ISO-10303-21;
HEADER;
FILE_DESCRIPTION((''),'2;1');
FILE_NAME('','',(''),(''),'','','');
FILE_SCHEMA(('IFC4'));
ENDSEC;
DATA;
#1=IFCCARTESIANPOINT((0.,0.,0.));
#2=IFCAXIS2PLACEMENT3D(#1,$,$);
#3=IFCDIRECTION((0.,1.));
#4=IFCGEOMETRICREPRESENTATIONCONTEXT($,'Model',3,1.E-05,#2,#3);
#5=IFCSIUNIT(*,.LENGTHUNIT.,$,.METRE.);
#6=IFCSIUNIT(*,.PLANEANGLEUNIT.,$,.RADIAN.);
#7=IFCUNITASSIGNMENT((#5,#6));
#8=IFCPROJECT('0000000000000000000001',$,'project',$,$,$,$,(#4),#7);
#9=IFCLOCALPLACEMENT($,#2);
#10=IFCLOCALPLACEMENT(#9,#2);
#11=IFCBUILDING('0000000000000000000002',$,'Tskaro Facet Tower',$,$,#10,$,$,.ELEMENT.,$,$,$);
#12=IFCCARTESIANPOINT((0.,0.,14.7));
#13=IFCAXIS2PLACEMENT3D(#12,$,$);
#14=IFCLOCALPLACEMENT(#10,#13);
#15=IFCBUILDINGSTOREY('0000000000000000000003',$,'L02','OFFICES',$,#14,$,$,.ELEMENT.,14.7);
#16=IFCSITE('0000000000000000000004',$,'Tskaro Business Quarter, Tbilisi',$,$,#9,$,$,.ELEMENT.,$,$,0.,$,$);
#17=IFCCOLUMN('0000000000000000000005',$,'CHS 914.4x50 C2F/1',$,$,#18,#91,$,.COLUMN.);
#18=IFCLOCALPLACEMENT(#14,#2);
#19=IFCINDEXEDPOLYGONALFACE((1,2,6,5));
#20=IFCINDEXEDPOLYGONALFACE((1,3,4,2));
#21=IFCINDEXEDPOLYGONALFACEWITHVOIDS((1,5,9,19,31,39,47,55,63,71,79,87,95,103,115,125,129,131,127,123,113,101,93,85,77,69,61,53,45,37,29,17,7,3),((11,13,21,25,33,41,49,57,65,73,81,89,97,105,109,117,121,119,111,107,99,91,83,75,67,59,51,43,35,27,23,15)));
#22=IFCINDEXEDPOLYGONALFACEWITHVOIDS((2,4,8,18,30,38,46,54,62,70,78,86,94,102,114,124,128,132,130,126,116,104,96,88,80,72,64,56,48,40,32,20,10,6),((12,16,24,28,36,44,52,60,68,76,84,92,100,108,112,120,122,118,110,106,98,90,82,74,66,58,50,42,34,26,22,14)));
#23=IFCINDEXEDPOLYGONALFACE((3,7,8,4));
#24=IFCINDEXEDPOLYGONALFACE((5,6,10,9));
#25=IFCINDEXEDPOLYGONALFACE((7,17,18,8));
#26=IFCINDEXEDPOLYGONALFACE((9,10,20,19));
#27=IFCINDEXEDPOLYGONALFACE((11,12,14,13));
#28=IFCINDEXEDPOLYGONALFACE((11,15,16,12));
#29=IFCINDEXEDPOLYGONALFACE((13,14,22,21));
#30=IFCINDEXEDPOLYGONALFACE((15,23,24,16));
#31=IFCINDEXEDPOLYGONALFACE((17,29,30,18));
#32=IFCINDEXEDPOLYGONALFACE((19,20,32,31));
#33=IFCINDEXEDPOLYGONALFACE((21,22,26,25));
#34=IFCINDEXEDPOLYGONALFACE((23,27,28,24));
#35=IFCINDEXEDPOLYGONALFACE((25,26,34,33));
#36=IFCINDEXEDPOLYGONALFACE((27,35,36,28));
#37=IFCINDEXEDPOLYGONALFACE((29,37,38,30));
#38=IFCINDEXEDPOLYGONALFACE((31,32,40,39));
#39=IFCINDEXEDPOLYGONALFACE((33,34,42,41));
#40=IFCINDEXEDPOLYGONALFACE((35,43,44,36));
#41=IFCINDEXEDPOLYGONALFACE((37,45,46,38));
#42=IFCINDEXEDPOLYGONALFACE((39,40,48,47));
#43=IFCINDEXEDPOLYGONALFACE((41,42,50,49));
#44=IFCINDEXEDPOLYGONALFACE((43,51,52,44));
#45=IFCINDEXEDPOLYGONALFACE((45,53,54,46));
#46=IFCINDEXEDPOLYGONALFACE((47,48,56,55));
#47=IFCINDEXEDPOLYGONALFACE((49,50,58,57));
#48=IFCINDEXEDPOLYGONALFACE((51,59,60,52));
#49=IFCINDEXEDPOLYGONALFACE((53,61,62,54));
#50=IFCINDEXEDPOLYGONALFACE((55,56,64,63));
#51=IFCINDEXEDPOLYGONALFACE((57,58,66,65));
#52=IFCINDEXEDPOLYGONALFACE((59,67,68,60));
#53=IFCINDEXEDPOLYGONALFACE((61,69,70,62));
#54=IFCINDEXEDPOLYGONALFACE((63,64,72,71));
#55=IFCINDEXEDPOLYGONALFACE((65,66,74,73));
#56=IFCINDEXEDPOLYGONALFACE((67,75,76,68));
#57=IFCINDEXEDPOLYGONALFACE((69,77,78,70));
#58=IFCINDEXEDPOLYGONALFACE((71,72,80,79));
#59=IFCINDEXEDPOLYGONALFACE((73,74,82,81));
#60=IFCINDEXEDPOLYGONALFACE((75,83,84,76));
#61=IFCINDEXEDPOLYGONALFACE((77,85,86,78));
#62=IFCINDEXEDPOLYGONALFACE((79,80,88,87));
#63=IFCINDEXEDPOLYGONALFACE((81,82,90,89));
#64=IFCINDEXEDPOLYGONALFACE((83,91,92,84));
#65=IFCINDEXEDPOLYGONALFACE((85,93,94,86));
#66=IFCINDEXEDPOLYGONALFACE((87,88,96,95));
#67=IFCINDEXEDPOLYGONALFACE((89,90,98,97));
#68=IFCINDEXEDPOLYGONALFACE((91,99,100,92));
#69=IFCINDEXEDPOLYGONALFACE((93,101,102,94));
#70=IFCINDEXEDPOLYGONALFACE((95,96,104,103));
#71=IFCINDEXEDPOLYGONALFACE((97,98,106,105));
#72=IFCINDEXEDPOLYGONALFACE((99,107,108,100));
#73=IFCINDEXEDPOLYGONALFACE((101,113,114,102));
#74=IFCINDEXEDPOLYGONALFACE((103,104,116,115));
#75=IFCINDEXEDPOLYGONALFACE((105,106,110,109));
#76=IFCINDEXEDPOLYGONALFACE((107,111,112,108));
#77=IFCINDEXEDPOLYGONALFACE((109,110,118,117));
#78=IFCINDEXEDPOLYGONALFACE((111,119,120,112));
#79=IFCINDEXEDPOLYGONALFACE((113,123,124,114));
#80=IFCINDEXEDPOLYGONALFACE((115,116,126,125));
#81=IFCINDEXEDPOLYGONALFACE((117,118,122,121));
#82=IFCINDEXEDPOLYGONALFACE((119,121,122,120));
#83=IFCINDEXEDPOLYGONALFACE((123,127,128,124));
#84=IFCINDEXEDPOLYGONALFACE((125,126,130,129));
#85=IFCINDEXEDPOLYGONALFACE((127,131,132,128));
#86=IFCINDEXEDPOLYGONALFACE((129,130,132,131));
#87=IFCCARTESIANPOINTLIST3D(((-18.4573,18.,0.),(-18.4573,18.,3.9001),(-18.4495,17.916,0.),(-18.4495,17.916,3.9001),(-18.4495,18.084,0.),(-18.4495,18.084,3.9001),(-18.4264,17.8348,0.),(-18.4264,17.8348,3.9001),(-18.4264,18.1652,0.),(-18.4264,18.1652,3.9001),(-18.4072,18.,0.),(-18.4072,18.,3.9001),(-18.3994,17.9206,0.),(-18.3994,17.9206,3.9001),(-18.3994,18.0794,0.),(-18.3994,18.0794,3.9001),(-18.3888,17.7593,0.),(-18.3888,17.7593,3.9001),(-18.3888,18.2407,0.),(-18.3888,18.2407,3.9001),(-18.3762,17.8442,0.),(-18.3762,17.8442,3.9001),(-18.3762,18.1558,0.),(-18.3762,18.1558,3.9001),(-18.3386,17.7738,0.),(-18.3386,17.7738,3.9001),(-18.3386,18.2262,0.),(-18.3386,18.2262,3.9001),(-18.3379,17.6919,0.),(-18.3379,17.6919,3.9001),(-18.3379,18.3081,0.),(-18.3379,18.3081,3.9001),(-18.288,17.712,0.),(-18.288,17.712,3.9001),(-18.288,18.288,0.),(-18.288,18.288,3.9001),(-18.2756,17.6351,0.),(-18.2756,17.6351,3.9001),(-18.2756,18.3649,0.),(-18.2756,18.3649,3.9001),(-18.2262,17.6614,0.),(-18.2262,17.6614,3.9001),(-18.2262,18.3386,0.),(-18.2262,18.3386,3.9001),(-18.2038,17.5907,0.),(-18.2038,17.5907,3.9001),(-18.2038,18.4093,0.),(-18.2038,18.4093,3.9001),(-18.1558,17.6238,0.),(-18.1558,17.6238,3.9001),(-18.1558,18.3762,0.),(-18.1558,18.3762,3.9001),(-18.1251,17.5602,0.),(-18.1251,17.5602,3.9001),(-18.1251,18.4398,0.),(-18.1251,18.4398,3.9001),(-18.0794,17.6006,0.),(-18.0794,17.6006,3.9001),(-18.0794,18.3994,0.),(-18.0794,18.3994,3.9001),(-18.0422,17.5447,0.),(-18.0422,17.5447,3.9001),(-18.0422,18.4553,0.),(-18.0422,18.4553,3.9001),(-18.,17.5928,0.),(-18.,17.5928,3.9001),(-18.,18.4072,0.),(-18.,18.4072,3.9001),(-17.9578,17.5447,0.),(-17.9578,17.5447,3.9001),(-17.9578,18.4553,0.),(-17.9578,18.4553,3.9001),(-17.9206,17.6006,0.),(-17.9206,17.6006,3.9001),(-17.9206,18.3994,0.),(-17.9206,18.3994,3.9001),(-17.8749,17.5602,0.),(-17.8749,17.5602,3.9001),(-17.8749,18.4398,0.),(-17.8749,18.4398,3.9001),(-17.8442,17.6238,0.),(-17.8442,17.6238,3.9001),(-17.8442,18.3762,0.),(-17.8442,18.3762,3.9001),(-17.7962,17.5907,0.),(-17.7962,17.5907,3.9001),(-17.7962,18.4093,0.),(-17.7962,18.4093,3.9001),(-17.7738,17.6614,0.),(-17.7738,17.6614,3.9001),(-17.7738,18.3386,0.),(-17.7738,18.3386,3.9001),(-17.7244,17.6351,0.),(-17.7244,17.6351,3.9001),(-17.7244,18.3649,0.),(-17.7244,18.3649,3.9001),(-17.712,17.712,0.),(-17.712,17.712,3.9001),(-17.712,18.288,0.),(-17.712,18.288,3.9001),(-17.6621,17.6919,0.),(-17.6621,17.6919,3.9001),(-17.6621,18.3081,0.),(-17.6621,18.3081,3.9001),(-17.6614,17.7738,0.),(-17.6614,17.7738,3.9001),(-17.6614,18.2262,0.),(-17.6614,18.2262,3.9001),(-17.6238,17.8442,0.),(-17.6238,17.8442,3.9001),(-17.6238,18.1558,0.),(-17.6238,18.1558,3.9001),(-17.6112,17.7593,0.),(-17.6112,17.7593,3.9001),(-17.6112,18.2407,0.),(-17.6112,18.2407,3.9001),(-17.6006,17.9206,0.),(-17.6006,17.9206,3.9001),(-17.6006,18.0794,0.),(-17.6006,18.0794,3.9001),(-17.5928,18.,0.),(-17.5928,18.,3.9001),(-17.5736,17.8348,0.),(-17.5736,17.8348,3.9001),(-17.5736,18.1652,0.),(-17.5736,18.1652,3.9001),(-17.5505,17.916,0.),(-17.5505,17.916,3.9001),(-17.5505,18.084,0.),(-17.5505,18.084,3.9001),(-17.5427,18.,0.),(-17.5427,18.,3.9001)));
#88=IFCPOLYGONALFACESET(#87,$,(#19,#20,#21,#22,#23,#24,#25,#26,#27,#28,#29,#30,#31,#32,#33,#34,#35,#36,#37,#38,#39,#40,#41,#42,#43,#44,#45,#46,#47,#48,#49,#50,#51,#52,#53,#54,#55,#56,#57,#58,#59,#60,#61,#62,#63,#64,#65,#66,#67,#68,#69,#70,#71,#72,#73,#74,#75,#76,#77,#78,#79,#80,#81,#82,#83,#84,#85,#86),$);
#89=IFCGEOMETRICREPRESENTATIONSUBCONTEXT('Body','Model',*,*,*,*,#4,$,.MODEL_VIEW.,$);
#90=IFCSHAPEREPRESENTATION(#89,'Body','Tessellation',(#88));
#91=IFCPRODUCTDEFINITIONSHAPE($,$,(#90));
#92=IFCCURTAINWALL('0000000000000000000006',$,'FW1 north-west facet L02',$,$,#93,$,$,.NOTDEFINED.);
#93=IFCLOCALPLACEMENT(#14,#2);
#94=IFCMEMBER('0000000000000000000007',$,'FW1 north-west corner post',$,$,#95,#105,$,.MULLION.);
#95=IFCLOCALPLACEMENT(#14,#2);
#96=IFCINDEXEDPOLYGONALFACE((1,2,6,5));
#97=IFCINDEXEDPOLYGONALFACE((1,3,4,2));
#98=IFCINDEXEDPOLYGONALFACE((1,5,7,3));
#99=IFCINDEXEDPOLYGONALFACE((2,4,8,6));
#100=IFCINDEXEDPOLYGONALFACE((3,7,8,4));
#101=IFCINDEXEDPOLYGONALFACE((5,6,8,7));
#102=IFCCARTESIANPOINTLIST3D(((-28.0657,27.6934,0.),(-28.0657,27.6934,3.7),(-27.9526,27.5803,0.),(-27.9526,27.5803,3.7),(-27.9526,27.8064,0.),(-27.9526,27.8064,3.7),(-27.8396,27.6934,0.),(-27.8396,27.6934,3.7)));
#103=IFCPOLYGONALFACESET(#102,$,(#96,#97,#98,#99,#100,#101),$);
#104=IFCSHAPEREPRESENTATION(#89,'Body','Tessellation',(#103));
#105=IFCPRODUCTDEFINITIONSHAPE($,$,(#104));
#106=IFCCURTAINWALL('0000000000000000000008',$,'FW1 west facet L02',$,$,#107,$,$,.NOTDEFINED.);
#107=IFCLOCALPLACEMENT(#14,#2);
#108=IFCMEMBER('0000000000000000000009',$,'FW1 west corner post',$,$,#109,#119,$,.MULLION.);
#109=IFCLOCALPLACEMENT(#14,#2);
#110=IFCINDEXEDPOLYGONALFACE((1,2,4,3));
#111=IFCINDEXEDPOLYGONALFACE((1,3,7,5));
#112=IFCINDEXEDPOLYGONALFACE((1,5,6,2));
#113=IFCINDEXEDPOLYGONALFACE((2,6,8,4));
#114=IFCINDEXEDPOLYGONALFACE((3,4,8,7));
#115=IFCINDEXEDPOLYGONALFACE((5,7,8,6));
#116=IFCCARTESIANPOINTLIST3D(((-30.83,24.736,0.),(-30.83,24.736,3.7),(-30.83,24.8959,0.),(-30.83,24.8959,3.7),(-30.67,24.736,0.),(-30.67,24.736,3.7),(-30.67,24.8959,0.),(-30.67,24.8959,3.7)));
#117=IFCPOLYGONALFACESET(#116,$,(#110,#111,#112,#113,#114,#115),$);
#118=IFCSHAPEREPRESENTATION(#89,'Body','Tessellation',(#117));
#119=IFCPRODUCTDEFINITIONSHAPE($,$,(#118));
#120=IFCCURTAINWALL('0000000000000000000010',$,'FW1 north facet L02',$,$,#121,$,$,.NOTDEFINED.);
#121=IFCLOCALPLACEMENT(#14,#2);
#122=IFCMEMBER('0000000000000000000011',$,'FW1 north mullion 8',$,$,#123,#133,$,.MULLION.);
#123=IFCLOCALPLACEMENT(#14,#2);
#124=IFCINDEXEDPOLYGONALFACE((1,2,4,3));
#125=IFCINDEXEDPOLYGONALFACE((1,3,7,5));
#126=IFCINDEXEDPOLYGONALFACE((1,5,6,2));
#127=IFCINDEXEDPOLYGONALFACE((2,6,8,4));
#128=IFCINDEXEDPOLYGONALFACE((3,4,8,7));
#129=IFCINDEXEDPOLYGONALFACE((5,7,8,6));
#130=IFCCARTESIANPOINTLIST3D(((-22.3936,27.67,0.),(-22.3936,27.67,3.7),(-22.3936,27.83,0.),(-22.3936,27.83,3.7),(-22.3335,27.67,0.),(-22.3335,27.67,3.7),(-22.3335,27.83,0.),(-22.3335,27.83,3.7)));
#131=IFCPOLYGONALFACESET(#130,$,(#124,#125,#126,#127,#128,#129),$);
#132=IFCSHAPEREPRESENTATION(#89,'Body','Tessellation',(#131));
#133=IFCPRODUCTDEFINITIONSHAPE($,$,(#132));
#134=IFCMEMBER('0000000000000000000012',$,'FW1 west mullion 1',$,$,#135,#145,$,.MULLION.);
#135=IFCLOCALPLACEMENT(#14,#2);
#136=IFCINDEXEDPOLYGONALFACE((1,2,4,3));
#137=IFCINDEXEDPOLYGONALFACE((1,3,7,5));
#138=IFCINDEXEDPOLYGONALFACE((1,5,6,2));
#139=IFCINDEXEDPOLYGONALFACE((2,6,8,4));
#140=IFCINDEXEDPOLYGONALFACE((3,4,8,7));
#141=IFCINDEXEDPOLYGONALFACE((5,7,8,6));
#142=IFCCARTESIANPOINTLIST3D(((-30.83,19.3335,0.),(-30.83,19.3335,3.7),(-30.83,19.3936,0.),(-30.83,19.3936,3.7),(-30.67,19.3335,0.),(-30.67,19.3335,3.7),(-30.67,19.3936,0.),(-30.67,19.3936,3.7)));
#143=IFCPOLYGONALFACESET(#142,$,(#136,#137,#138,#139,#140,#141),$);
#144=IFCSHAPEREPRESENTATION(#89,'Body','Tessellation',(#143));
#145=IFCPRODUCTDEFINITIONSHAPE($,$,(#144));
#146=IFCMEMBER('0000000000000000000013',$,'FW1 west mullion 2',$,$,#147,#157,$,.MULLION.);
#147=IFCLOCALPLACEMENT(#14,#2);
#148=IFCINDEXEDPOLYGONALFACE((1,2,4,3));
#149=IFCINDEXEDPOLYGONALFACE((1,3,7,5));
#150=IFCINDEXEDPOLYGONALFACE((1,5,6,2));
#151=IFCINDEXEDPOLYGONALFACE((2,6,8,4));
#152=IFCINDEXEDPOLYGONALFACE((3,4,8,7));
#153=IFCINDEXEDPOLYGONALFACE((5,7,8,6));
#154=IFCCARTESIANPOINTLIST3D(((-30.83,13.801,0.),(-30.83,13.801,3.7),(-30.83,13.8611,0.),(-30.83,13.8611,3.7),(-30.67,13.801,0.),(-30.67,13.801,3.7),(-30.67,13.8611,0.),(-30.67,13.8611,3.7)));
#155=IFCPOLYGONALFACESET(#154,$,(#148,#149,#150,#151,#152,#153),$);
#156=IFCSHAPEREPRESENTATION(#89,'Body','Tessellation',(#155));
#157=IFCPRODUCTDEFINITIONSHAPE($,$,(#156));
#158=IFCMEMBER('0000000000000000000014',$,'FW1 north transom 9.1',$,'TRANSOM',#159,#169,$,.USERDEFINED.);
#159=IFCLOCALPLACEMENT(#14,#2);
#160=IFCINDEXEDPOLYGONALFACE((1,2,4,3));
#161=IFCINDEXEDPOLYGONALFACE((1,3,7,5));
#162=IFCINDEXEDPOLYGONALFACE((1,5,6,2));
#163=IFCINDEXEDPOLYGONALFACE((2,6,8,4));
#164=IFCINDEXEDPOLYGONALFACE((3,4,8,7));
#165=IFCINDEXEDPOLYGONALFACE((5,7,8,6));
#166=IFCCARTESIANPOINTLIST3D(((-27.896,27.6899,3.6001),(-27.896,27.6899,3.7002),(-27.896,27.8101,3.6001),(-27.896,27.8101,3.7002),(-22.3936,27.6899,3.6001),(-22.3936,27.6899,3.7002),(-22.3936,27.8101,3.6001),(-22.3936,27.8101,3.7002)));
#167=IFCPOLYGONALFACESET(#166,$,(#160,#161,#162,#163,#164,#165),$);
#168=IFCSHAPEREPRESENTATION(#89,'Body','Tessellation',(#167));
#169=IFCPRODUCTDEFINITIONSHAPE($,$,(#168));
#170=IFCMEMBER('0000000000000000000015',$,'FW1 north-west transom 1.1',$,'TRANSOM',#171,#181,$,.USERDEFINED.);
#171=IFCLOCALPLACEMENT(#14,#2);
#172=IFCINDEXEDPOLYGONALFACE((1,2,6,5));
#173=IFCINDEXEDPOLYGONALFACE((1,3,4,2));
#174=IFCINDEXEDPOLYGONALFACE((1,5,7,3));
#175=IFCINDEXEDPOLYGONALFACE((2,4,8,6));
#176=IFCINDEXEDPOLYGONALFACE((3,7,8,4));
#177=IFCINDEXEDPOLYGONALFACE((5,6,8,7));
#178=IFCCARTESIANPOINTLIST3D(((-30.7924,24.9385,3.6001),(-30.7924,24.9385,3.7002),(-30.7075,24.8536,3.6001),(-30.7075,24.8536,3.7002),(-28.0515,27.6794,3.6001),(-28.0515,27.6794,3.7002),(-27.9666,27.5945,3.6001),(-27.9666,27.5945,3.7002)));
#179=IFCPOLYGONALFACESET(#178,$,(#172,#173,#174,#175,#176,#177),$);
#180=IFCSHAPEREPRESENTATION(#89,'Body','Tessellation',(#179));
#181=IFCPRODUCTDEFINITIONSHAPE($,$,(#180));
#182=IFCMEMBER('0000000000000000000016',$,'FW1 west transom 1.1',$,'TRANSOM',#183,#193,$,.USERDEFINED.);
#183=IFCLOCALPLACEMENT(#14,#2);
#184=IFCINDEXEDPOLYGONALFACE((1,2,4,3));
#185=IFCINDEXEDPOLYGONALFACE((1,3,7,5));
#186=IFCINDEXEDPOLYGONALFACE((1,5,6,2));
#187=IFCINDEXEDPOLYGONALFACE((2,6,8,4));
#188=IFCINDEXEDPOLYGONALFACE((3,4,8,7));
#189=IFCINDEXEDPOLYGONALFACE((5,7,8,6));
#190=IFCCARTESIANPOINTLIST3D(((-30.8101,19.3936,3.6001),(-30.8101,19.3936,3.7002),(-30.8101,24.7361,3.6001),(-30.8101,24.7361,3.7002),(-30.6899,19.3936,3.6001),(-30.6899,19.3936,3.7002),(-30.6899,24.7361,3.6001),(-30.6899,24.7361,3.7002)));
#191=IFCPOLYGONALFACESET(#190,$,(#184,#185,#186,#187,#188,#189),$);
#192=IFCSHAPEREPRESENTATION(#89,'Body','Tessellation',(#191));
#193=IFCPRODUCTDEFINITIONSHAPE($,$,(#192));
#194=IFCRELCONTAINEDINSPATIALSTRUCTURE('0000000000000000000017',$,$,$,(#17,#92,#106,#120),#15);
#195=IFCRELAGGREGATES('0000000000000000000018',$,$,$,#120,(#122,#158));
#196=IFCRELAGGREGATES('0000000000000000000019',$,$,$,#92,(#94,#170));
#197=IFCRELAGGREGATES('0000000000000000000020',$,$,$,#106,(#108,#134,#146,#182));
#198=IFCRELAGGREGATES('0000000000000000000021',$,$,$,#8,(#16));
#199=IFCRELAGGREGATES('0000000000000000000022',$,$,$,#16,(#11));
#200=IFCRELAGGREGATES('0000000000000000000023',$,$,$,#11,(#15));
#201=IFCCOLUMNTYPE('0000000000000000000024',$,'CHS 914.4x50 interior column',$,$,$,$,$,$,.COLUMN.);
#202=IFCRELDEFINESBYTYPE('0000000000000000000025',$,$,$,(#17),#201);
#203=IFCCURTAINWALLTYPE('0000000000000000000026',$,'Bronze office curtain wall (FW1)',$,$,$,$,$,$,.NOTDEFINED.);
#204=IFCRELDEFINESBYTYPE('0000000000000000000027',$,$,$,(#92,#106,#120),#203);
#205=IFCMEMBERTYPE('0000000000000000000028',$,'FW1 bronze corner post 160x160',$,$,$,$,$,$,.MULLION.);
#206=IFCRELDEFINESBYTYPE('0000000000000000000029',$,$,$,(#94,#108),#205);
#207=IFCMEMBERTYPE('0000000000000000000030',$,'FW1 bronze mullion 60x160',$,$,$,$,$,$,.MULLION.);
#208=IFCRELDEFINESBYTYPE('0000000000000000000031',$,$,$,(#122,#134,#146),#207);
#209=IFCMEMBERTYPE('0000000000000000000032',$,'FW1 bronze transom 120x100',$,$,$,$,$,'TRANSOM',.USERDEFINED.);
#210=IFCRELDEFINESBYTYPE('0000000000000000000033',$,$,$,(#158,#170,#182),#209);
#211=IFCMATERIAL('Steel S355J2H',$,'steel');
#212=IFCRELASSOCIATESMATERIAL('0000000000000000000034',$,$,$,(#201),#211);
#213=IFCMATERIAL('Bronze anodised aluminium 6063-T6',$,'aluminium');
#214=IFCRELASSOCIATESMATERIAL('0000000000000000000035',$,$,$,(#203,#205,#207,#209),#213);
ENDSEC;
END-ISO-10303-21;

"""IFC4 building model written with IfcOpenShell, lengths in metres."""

from ifc_helpers import new_model, si_unit, direction, frame, origin, origin_2d, place, context, subcontext, project, spatial, rectangle, hollow_circle, extrude, material, material_profile, profile_set, type_object, element, aggregate, save


model = new_model("IFC4")

# Units and contexts
model_context = context("Model", 3, precision=1e-05, world=origin(), true_north=direction((0.0, 1.0)))
body_context = subcontext(model_context, "Body", "Model", "MODEL_VIEW")
ifc_project = project(units=[si_unit("LENGTHUNIT", "METRE"), si_unit("PLANEANGLEUNIT", "RADIAN")], contexts=[model_context])

# Site, building, storey
site_placement = place(None, origin())
site = spatial("IfcSite", under=ifc_project, at=site_placement, Name="Tskaro Business Quarter, Tbilisi", CompositionType="ELEMENT", RefElevation=0.0)
building_placement = place(site_placement, origin())
building = spatial("IfcBuilding", under=site, at=building_placement, Name="Tskaro Facet Tower", CompositionType="ELEMENT")
storey_placement = place(building_placement, frame((0.0, 0.0, 14.7)))
storey = spatial("IfcBuildingStorey", under=building, at=storey_placement, Name="L02", Description="OFFICES", CompositionType="ELEMENT", Elevation=14.7)

# Column
ifc_material_1 = material(Name="Steel S355J2H", Category="steel")
ifc_material_profile_1 = material_profile(ifc_material_1, hollow_circle(Radius=0.4573, WallThickness=0.05, at=origin_2d()), Name="CHS 914.4x50")
ifc_profile_set_1 = profile_set([ifc_material_profile_1], Name="Steel S355J2H")
column_type_1 = type_object("IfcColumnType", Name="CHS 914.4x50 interior column", PredefinedType="COLUMN", material=ifc_profile_set_1)
column_placement = place(storey_placement, frame((-18.0, 18.0, 0.0), z_axis=(0.0, 0.0, 1.0), x_axis=(1.0, 0.0, 0.0)))
element("IfcColumn", 1, at=column_placement, inside=storey, type_object=column_type_1, Name="CHS 914.4x50 C2F/1", PredefinedType="COLUMN", context=body_context, shape_type="SweptSolid", body=[
    extrude(hollow_circle(Radius=0.4573, WallThickness=0.05, at=origin_2d()), origin(), (0.0, 0.0, 1.0), 3.9001),
])

# Curtain walls, members
ifc_material_2 = material(Name="Bronze anodised aluminium 6063-T6", Category="aluminium")
curtain_wall_type = type_object("IfcCurtainWallType", Name="Bronze office curtain wall (FW1)", PredefinedType="NOTDEFINED", material=ifc_material_2)
curtain_wall_1_placement = place(storey_placement, origin())
curtain_wall_1 = element("IfcCurtainWall", 2, at=curtain_wall_1_placement, inside=storey, type_object=curtain_wall_type, Name="FW1 north-west facet L02", PredefinedType="NOTDEFINED")
ifc_material_profile_2 = material_profile(ifc_material_2, rectangle(XDim=0.1599, YDim=0.1599, at=origin_2d()), Name="Corner post 160x160")
ifc_profile_set_2 = profile_set([ifc_material_profile_2], Name="Bronze anodised aluminium 6063-T6")
member_type_1 = type_object("IfcMemberType", Name="FW1 bronze corner post 160x160", PredefinedType="MULLION", material=ifc_profile_set_2)
member_1_placement = place(storey_placement, frame((-27.9526, 27.6934, 0.0), z_axis=(0.0, 0.0, 1.0), x_axis=(-0.707107, -0.707107, 0.0)))
member_1 = element("IfcMember", 3, at=member_1_placement, type_object=member_type_1, Name="FW1 north-west corner post", PredefinedType="MULLION", context=body_context, shape_type="SweptSolid", body=[
    extrude(rectangle(XDim=0.1599, YDim=0.1599, at=origin_2d()), origin(), (0.0, 0.0, 1.0), 3.7),
])
curtain_wall_2_placement = place(storey_placement, origin())
curtain_wall_2 = element("IfcCurtainWall", 4, at=curtain_wall_2_placement, inside=storey, type_object=curtain_wall_type, Name="FW1 west facet L02", PredefinedType="NOTDEFINED")
member_2_placement = place(storey_placement, frame((-30.75, 24.8159, 0.0), z_axis=(0.0, 0.0, 1.0), x_axis=(0.0, -1.0, 0.0)))
member_2 = element("IfcMember", 5, at=member_2_placement, type_object=member_type_1, Name="FW1 west corner post", PredefinedType="MULLION", context=body_context, shape_type="SweptSolid", body=[
    extrude(rectangle(XDim=0.1599, YDim=0.1599, at=origin_2d()), origin(), (0.0, 0.0, 1.0), 3.7),
])
curtain_wall_3_placement = place(storey_placement, origin())
curtain_wall_3 = element("IfcCurtainWall", 6, at=curtain_wall_3_placement, inside=storey, type_object=curtain_wall_type, Name="FW1 north facet L02", PredefinedType="NOTDEFINED")
ifc_material_profile_3 = material_profile(ifc_material_2, rectangle(XDim=0.0601, YDim=0.1599, at=origin_2d()), Name="Mullion 60x160")
ifc_profile_set_3 = profile_set([ifc_material_profile_3], Name="Bronze anodised aluminium 6063-T6")
member_type_2 = type_object("IfcMemberType", Name="FW1 bronze mullion 60x160", PredefinedType="MULLION", material=ifc_profile_set_3)
member_3_placement = place(storey_placement, frame((-22.3635, 27.75, 0.0), z_axis=(0.0, 0.0, 1.0), x_axis=(-1.0, 0.0, 0.0)))
member_3 = element("IfcMember", 7, at=member_3_placement, type_object=member_type_2, Name="FW1 north mullion 8", PredefinedType="MULLION", context=body_context, shape_type="SweptSolid", body=[
    extrude(rectangle(XDim=0.0601, YDim=0.1599, at=origin_2d()), origin(), (0.0, 0.0, 1.0), 3.7),
])

# Members
member_4_placement = place(storey_placement, frame((-30.75, 19.3635, 0.0), z_axis=(0.0, 0.0, 1.0), x_axis=(0.0, -1.0, 0.0)))
member_4 = element("IfcMember", 8, at=member_4_placement, type_object=member_type_2, Name="FW1 west mullion 1", PredefinedType="MULLION", context=body_context, shape_type="SweptSolid", body=[
    extrude(rectangle(XDim=0.0601, YDim=0.1599, at=origin_2d()), origin(), (0.0, 0.0, 1.0), 3.7),
])
member_5_placement = place(storey_placement, frame((-30.75, 13.8311, 0.0), z_axis=(0.0, 0.0, 1.0), x_axis=(0.0, -1.0, 0.0)))
member_5 = element("IfcMember", 9, at=member_5_placement, type_object=member_type_2, Name="FW1 west mullion 2", PredefinedType="MULLION", context=body_context, shape_type="SweptSolid", body=[
    extrude(rectangle(XDim=0.0601, YDim=0.1599, at=origin_2d()), origin(), (0.0, 0.0, 1.0), 3.7),
])
ifc_material_profile_4 = material_profile(ifc_material_2, rectangle(XDim=0.1201, YDim=0.1001, at=origin_2d()), Name="Transom 120x100")
ifc_profile_set_4 = profile_set([ifc_material_profile_4], Name="Bronze anodised aluminium 6063-T6")
member_type_3 = type_object("IfcMemberType", Name="FW1 bronze transom 120x100", ElementType="TRANSOM", PredefinedType="USERDEFINED", material=ifc_profile_set_4)
member_6_placement = place(storey_placement, frame((-22.3936, 27.75, 3.6501), z_axis=(-1.0, 0.0, 0.0), x_axis=(0.0, -1.0, 0.0)))
member_6 = element("IfcMember", 10, at=member_6_placement, type_object=member_type_3, Name="FW1 north transom 9.1", ObjectType="TRANSOM", PredefinedType="USERDEFINED", context=body_context, shape_type="SweptSolid", body=[
    extrude(rectangle(XDim=0.1201, YDim=0.1001, at=origin_2d()), origin(), (0.0, 0.0, 1.0), 5.5024),
])
member_7_placement = place(storey_placement, frame((-28.009, 27.637, 3.6501), z_axis=(-0.707107, -0.707107, 0.0), x_axis=(0.707107, -0.707107, 0.0)))
member_7 = element("IfcMember", 11, at=member_7_placement, type_object=member_type_3, Name="FW1 north-west transom 1.1", ObjectType="TRANSOM", PredefinedType="USERDEFINED", context=body_context, shape_type="SweptSolid", body=[
    extrude(rectangle(XDim=0.1201, YDim=0.1001, at=origin_2d()), origin(), (0.0, 0.0, 1.0), 3.8762),
])
member_8_placement = place(storey_placement, frame((-30.75, 24.7361, 3.6501), z_axis=(0.0, -1.0, 0.0), x_axis=(1.0, 0.0, 0.0)))
member_8 = element("IfcMember", 12, at=member_8_placement, type_object=member_type_3, Name="FW1 west transom 1.1", ObjectType="TRANSOM", PredefinedType="USERDEFINED", context=body_context, shape_type="SweptSolid", body=[
    extrude(rectangle(XDim=0.1201, YDim=0.1001, at=origin_2d()), origin(), (0.0, 0.0, 1.0), 5.3425),
])

aggregate(curtain_wall_3, [member_3, member_6])
aggregate(curtain_wall_1, [member_1, member_7])
aggregate(curtain_wall_2, [member_2, member_4, member_5, member_8])

save(model, "model.ifc")
